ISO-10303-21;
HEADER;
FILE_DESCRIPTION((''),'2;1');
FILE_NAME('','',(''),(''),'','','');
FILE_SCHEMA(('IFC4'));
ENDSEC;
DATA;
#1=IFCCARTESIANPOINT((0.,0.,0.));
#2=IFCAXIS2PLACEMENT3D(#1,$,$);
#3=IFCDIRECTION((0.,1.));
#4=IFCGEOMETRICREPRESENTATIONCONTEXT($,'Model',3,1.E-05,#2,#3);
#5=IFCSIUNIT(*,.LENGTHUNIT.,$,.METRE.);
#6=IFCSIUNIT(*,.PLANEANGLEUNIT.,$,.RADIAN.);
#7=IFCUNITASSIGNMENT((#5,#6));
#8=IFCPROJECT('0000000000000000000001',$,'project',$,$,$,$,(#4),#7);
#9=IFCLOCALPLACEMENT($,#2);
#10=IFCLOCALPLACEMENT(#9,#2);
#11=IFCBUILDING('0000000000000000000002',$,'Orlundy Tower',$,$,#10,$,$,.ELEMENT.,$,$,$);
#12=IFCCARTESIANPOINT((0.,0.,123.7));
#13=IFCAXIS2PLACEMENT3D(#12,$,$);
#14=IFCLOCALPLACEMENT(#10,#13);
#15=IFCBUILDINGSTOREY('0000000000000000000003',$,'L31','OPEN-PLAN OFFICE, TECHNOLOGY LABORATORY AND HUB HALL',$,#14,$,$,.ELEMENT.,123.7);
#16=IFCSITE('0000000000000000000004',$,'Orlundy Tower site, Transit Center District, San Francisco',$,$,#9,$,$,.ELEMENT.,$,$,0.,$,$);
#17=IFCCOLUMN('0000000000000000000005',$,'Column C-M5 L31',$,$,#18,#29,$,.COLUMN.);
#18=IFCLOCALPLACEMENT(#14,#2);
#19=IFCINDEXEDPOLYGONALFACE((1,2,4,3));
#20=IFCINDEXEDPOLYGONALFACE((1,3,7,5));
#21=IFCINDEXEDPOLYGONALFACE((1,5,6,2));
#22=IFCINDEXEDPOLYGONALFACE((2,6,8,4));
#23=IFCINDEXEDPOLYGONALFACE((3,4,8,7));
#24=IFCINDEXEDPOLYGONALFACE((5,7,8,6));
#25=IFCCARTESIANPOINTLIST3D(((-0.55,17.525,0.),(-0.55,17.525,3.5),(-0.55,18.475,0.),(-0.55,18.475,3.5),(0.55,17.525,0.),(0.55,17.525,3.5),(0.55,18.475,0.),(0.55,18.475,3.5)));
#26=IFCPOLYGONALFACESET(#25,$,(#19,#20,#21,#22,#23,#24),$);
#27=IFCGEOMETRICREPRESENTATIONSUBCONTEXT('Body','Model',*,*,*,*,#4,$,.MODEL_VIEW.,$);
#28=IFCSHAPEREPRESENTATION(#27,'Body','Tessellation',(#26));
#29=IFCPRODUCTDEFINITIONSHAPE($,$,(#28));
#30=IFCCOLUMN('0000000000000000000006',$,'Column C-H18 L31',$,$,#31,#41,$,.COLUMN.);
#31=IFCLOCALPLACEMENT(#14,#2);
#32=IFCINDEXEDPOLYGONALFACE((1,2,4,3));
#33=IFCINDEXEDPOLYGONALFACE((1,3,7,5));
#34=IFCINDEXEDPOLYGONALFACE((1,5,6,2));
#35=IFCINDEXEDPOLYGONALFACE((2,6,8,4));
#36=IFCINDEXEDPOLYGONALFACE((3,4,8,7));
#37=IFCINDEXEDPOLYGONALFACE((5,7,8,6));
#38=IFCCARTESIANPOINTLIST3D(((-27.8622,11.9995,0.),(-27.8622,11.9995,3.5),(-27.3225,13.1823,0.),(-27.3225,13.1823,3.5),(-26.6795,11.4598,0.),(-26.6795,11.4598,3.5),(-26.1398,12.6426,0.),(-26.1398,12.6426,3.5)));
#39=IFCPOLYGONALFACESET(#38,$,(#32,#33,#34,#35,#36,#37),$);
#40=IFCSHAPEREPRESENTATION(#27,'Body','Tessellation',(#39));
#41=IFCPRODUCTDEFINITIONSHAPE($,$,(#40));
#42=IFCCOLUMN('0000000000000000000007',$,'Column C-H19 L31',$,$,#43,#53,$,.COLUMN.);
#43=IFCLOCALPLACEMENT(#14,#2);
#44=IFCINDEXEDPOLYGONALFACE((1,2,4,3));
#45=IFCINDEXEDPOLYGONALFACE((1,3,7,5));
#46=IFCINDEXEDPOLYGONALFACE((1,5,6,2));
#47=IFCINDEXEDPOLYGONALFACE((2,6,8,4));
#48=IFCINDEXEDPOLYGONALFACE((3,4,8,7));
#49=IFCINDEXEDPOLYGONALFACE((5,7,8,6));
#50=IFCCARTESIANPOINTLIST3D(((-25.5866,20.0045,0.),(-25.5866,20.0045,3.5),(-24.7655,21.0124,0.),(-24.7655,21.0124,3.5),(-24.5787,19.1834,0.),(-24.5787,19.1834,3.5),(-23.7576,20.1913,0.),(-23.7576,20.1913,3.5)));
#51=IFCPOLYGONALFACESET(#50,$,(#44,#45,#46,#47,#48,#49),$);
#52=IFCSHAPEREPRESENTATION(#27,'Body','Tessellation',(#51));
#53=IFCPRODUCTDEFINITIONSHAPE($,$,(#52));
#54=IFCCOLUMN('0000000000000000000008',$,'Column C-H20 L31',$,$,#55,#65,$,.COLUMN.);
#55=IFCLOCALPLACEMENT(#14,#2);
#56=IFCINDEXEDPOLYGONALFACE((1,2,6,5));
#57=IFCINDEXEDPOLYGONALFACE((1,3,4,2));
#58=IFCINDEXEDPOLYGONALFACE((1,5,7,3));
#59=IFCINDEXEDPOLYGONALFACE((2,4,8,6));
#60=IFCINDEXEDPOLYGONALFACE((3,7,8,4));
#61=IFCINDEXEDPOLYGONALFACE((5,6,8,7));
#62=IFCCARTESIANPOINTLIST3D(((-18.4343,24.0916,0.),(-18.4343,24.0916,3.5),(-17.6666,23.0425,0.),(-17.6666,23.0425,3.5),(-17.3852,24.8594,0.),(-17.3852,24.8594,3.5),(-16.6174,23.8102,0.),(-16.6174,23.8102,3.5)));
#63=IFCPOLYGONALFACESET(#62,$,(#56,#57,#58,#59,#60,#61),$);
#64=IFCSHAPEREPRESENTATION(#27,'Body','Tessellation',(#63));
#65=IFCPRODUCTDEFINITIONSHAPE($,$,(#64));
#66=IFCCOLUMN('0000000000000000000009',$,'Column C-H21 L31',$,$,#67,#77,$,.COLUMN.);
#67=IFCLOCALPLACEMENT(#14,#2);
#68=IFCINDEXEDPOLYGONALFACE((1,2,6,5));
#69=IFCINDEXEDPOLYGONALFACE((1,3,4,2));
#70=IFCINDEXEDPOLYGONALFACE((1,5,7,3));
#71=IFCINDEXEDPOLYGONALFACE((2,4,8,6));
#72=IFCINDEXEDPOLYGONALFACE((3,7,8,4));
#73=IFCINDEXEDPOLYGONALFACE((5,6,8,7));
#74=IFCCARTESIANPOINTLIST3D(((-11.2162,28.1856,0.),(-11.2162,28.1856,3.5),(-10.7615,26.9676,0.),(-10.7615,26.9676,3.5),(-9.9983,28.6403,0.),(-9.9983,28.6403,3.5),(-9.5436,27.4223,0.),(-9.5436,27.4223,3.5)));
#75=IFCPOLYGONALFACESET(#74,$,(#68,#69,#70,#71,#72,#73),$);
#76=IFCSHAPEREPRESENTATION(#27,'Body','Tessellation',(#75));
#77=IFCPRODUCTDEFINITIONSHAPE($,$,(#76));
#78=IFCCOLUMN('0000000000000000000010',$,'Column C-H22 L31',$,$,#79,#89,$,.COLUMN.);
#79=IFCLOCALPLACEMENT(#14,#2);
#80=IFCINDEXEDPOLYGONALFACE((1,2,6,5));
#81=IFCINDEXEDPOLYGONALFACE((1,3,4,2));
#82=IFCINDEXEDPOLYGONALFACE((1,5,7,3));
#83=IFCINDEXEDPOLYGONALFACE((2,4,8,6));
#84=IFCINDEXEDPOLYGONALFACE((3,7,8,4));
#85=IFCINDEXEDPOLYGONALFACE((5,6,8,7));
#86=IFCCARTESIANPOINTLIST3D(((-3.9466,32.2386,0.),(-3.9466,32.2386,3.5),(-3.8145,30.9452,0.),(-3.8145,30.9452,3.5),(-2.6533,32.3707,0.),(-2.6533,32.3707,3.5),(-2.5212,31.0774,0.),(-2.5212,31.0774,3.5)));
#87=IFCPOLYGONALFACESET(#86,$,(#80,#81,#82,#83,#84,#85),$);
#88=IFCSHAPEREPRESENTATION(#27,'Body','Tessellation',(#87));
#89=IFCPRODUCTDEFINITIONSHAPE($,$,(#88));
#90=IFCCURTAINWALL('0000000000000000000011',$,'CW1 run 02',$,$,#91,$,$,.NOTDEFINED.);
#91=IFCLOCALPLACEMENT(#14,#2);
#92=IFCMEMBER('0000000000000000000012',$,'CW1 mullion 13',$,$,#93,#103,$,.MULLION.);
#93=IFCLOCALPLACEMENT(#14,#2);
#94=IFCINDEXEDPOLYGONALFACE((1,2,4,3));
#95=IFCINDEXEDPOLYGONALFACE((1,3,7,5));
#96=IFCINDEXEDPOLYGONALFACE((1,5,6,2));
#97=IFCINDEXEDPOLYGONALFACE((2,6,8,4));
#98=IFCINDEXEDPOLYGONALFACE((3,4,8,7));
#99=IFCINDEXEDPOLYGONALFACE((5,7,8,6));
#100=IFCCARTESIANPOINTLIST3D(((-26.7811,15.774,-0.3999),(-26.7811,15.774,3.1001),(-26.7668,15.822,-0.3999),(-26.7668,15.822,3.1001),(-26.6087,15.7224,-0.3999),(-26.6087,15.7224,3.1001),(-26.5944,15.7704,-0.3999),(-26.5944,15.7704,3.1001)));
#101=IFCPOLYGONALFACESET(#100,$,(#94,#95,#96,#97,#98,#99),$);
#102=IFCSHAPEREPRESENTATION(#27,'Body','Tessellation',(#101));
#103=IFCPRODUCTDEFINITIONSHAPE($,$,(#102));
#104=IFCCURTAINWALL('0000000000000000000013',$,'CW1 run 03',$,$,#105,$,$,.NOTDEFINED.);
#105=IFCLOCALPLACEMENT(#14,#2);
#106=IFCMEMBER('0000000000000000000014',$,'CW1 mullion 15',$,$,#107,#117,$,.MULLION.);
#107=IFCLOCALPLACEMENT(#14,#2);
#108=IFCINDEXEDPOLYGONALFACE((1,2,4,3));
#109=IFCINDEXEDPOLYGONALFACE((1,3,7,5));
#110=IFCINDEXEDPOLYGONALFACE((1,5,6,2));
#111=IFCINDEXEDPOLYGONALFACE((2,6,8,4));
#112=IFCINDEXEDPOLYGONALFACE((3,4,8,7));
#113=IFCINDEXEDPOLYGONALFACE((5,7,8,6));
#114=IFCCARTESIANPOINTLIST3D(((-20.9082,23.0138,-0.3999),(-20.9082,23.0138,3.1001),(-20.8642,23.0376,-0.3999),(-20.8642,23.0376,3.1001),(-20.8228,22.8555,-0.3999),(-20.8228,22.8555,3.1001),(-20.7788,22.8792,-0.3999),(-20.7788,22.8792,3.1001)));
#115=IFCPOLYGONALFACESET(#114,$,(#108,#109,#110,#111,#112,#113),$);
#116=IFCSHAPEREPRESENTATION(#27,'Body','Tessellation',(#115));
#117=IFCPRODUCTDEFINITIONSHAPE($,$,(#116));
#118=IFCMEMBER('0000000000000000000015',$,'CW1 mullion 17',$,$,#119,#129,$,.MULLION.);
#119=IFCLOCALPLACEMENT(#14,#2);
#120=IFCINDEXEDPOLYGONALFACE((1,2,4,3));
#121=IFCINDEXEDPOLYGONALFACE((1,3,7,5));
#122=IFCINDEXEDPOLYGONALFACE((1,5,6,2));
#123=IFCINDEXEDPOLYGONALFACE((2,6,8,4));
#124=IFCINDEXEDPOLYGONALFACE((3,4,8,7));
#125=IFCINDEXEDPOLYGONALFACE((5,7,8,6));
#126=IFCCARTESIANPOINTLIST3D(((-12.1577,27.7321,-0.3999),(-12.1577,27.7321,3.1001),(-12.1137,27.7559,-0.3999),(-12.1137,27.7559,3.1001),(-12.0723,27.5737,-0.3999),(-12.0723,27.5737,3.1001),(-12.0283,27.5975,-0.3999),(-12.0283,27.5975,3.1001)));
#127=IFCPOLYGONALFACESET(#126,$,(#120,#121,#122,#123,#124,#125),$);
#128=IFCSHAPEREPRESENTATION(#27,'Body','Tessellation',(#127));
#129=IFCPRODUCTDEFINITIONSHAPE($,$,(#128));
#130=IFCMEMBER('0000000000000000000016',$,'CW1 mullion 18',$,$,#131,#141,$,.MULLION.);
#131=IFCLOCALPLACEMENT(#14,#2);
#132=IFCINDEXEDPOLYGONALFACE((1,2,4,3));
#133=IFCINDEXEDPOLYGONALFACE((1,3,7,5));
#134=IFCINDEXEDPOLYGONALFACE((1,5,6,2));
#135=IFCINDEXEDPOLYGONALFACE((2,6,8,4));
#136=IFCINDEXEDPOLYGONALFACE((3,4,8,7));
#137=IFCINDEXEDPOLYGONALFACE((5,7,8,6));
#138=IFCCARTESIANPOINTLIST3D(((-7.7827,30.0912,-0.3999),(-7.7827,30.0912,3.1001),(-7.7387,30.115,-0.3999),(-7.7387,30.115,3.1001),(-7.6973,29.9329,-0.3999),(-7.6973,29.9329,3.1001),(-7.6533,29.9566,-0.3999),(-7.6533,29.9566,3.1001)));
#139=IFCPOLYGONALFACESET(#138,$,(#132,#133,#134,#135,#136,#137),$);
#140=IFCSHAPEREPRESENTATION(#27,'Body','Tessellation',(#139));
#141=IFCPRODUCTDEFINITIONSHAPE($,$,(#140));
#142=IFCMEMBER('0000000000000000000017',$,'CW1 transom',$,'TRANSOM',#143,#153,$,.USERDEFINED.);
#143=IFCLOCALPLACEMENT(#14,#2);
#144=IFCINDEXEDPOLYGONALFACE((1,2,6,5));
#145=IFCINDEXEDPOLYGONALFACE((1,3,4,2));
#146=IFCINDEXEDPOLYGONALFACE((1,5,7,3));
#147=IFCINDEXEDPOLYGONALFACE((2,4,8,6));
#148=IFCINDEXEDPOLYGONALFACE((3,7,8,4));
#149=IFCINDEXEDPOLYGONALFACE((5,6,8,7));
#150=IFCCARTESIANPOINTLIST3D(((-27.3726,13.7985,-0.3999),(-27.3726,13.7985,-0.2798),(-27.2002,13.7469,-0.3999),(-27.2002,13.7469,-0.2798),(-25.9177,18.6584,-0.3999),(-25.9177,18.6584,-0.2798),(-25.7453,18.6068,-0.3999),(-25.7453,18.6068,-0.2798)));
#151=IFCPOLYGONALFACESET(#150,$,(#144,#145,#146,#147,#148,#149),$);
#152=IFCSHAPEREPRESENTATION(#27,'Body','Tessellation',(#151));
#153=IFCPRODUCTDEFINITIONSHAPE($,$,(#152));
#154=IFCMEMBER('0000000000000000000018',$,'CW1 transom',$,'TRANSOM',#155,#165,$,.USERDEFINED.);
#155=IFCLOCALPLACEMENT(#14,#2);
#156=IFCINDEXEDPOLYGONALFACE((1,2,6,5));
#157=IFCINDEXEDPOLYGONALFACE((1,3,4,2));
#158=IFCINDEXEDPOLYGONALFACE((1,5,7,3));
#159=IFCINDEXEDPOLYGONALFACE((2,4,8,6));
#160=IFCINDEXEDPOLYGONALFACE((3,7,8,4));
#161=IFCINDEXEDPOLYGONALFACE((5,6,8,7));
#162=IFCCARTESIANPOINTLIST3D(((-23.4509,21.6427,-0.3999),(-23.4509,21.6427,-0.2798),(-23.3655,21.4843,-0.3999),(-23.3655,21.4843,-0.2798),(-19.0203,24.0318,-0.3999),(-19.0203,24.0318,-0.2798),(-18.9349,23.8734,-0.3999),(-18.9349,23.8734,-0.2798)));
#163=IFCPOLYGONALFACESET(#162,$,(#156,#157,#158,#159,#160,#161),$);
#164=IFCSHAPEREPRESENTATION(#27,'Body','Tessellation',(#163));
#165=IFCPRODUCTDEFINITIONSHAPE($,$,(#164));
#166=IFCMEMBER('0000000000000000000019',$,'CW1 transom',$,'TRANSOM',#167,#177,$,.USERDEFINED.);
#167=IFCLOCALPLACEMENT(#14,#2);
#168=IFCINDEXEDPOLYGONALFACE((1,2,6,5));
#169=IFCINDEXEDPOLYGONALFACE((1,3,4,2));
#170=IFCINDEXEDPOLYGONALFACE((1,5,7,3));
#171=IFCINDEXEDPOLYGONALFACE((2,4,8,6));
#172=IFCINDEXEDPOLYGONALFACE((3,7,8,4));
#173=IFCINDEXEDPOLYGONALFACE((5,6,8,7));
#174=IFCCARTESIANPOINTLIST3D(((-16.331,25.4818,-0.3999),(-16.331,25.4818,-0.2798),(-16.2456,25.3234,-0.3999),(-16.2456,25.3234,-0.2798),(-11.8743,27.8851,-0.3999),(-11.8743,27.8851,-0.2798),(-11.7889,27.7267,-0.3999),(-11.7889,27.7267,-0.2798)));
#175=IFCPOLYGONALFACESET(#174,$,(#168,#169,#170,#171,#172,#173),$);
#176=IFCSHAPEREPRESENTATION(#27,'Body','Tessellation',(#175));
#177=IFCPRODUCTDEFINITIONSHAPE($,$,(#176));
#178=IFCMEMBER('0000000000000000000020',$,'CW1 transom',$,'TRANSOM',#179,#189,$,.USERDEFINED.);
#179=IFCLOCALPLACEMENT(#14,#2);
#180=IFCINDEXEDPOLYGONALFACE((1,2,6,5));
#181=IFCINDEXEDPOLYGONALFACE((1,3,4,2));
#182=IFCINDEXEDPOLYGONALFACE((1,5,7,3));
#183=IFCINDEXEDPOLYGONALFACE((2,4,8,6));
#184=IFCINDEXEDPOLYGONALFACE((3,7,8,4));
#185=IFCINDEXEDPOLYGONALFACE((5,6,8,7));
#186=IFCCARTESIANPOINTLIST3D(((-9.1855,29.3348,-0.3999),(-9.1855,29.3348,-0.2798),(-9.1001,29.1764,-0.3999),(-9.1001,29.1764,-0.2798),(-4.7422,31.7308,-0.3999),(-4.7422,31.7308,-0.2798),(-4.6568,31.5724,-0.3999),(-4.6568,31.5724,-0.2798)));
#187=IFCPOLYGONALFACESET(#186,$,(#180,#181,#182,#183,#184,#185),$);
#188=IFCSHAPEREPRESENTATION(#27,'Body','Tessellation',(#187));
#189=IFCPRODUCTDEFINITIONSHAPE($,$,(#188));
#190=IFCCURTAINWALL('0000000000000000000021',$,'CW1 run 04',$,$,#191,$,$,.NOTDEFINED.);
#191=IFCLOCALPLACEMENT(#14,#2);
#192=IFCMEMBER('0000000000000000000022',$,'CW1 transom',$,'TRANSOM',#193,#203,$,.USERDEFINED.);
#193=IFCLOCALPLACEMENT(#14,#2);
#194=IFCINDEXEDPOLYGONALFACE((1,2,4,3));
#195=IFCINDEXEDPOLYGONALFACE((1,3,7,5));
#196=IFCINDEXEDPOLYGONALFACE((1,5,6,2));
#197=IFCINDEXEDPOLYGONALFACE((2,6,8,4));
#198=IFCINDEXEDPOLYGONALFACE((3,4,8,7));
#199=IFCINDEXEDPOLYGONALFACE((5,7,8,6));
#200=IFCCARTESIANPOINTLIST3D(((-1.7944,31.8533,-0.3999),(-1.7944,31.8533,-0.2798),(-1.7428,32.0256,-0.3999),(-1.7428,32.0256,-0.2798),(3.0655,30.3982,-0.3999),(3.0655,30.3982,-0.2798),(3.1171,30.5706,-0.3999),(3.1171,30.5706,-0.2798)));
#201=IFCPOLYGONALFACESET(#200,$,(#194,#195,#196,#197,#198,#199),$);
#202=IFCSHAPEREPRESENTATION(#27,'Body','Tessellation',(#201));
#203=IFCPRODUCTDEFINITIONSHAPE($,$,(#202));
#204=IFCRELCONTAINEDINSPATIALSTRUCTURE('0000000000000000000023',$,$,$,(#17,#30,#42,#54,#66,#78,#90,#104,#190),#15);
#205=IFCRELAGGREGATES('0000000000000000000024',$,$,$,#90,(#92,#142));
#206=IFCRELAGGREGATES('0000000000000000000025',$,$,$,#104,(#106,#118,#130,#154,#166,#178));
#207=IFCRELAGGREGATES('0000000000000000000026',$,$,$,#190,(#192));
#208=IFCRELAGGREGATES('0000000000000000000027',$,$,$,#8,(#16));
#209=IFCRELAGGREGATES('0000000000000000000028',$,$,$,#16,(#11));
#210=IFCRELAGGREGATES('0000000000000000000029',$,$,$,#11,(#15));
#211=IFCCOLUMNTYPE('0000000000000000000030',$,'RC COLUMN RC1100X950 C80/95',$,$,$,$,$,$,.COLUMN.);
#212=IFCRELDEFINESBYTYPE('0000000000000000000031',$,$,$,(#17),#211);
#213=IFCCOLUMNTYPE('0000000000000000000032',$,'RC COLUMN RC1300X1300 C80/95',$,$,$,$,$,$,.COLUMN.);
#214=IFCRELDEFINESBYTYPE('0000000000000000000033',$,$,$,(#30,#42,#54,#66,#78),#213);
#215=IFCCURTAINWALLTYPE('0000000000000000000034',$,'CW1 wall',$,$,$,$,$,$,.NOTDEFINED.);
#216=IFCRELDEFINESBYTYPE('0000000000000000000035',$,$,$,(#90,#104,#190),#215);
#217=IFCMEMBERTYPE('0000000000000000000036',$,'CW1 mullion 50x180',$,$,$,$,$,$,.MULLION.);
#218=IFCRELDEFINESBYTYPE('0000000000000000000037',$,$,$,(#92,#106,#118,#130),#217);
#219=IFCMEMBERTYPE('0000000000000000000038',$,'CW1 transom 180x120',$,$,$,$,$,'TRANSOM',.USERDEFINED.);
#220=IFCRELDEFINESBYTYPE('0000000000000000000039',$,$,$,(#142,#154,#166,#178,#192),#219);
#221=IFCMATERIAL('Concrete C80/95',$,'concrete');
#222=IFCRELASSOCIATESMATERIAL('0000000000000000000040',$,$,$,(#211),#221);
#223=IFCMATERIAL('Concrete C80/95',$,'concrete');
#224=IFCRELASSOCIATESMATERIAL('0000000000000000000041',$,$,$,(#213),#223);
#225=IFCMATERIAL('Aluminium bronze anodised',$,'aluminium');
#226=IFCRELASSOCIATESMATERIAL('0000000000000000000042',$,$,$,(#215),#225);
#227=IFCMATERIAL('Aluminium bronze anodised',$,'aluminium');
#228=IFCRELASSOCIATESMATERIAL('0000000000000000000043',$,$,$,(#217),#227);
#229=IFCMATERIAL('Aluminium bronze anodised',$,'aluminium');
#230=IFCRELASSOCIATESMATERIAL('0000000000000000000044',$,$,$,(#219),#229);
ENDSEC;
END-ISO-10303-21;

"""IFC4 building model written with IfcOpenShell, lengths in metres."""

from ifc_helpers import new_model, si_unit, direction, frame, origin, origin_2d, place, context, subcontext, project, spatial, rectangle, extrude, material, material_profile, profile_set, type_object, element, aggregate, save


model = new_model("IFC4")

# Units and contexts
model_context = context("Model", 3, precision=1e-05, world=origin(), true_north=direction((0.0, 1.0)))
body_context = subcontext(model_context, "Body", "Model", "MODEL_VIEW")
ifc_project = project(units=[si_unit("LENGTHUNIT", "METRE"), si_unit("PLANEANGLEUNIT", "RADIAN")], contexts=[model_context])

# Site, building, storey
site_placement = place(None, origin())
site = spatial("IfcSite", under=ifc_project, at=site_placement, Name="Orlundy Tower site, Transit Center District, San Francisco", CompositionType="ELEMENT", RefElevation=0.0)
building_placement = place(site_placement, origin())
building = spatial("IfcBuilding", under=site, at=building_placement, Name="Orlundy Tower", CompositionType="ELEMENT")
storey_placement = place(building_placement, frame((0.0, 0.0, 123.7)))
storey = spatial("IfcBuildingStorey", under=building, at=storey_placement, Name="L31", Description="OPEN-PLAN OFFICE, TECHNOLOGY LABORATORY AND HUB HALL", CompositionType="ELEMENT", Elevation=123.7)

# Columns
ifc_material_1 = material(Name="Concrete C80/95", Category="concrete")
ifc_material_profile_1 = material_profile(ifc_material_1, rectangle(XDim=1.1001, YDim=0.95, at=origin_2d()), Name="RC1100X950")
ifc_profile_set_1 = profile_set([ifc_material_profile_1], Name="Concrete C80/95")
column_type_1 = type_object("IfcColumnType", Name="RC COLUMN RC1100X950 C80/95", PredefinedType="COLUMN", material=ifc_profile_set_1)
column_placement = place(storey_placement, frame((0.0, 18.0, 0.0), z_axis=(0.0, 0.0, 1.0), x_axis=(1.0, 0.0, 0.0)))
element("IfcColumn", 1, at=column_placement, inside=storey, type_object=column_type_1, Name="Column C-M5 L31", PredefinedType="COLUMN", context=body_context, shape_type="SweptSolid", body=[
    extrude(rectangle(XDim=1.1001, YDim=0.95, at=origin_2d()), origin(), (0.0, 0.0, 1.0), 3.5),
])
ifc_material_2 = material(Name="Concrete C80/95", Category="concrete")
ifc_material_profile_2 = material_profile(ifc_material_2, rectangle(XDim=1.3, YDim=1.3, at=origin_2d()), Name="RC1300X1300")
ifc_profile_set_2 = profile_set([ifc_material_profile_2], Name="Concrete C80/95")
column_type_2 = type_object("IfcColumnType", Name="RC COLUMN RC1300X1300 C80/95", PredefinedType="COLUMN", material=ifc_profile_set_2)
for number, where, z_axis, x_axis, name in (
    (2, (-27.001, 12.321, 0.0), (0.0, 0.0, 1.0), (-0.909759, 0.415138, 0.0), "Column C-H18 L31"),
    (3, (-24.6721, 20.0979, 0.0), (0.0, 0.0, 1.0), (-0.775308, 0.631583, 0.0), "Column C-H19 L31"),
    (4, (-17.5259, 23.9509, 0.0), (0.0, 0.0, 1.0), (-0.590535, 0.807012, 0.0), "Column C-H20 L31"),
    (5, (-10.3799, 27.804, 0.0), (0.0, 0.0, 1.0), (-0.34975, 0.936843, 0.0), "Column C-H21 L31"),
    (6, (-3.2339, 31.658, 0.0), (0.0, 0.0, 1.0), (-0.101629, 0.994822, 0.0), "Column C-H22 L31"),
):
    element("IfcColumn", number, at=place(storey_placement, frame(where, z_axis=z_axis, x_axis=x_axis)), inside=storey, type_object=column_type_2, Name=name, PredefinedType="COLUMN", context=body_context, shape_type="SweptSolid", body=[
        extrude(rectangle(XDim=1.3, YDim=1.3, at=origin_2d()), origin(), (0.0, 0.0, 1.0), 3.5),
    ])

# Curtain wall, member
ifc_material_3 = material(Name="Aluminium bronze anodised", Category="aluminium")
curtain_wall_type = type_object("IfcCurtainWallType", Name="CW1 wall", PredefinedType="NOTDEFINED", material=ifc_material_3)
curtain_wall_1_placement = place(storey_placement, origin())
curtain_wall_1 = element("IfcCurtainWall", 7, at=curtain_wall_1_placement, inside=storey, type_object=curtain_wall_type, Name="CW1 run 02", PredefinedType="NOTDEFINED")
ifc_material_4 = material(Name="Aluminium bronze anodised", Category="aluminium")
ifc_material_profile_3 = material_profile(ifc_material_4, rectangle(XDim=0.1799, YDim=0.05, at=origin_2d()), Name="CW1 mullion 50x180")
ifc_profile_set_3 = profile_set([ifc_material_profile_3], Name="Aluminium bronze anodised")
member_type_1 = type_object("IfcMemberType", Name="CW1 mullion 50x180", PredefinedType="MULLION", material=ifc_profile_set_3)
member_1_placement = place(storey_placement, frame((-26.6877, 15.7722, -0.3999), z_axis=(0.0, 0.0, 1.0), x_axis=(-0.957986, 0.286816, 0.0)))
member_1 = element("IfcMember", 8, at=member_1_placement, type_object=member_type_1, Name="CW1 mullion 13", PredefinedType="MULLION", context=body_context, shape_type="SweptSolid", body=[
    extrude(rectangle(XDim=0.1799, YDim=0.05, at=origin_2d()), origin(), (0.0, 0.0, 1.0), 3.5),
])

# Curtain wall, members
curtain_wall_2_placement = place(storey_placement, origin())
curtain_wall_2 = element("IfcCurtainWall", 9, at=curtain_wall_2_placement, inside=storey, type_object=curtain_wall_type, Name="CW1 run 03", PredefinedType="NOTDEFINED")
member_2_placement = place(storey_placement, frame((-20.8435, 22.9465, -0.3999), z_axis=(0.0, 0.0, 1.0), x_axis=(-0.474618, 0.880192, 0.0)))
member_2 = element("IfcMember", 10, at=member_2_placement, type_object=member_type_1, Name="CW1 mullion 15", PredefinedType="MULLION", context=body_context, shape_type="SweptSolid", body=[
    extrude(rectangle(XDim=0.1799, YDim=0.05, at=origin_2d()), origin(), (0.0, 0.0, 1.0), 3.5),
])
member_3_placement = place(storey_placement, frame((-12.093, 27.6648, -0.3999), z_axis=(0.0, 0.0, 1.0), x_axis=(-0.474618, 0.880192, 0.0)))
member_3 = element("IfcMember", 11, at=member_3_placement, type_object=member_type_1, Name="CW1 mullion 17", PredefinedType="MULLION", context=body_context, shape_type="SweptSolid", body=[
    extrude(rectangle(XDim=0.1799, YDim=0.05, at=origin_2d()), origin(), (0.0, 0.0, 1.0), 3.5),
])
member_4_placement = place(storey_placement, frame((-7.718, 30.0239, -0.3999), z_axis=(0.0, 0.0, 1.0), x_axis=(-0.474618, 0.880192, 0.0)))
member_4 = element("IfcMember", 12, at=member_4_placement, type_object=member_type_1, Name="CW1 mullion 18", PredefinedType="MULLION", context=body_context, shape_type="SweptSolid", body=[
    extrude(rectangle(XDim=0.1799, YDim=0.05, at=origin_2d()), origin(), (0.0, 0.0, 1.0), 3.5),
])

# Members
ifc_material_5 = material(Name="Aluminium bronze anodised", Category="aluminium")
ifc_material_profile_4 = material_profile(ifc_material_5, rectangle(XDim=0.1799, YDim=0.1201, at=origin_2d()), Name="CW1 transom 180x120")
ifc_profile_set_4 = profile_set([ifc_material_profile_4], Name="Aluminium bronze anodised")
member_type_2 = type_object("IfcMemberType", Name="CW1 transom 180x120", ElementType="TRANSOM", PredefinedType="USERDEFINED", material=ifc_profile_set_4)
member_5_placement = place(storey_placement, frame((-27.2864, 13.7727, -0.3398), z_axis=(0.286783, 0.957996, 0.0), x_axis=(-0.957996, 0.286783, 0.0)))
member_5 = element("IfcMember", 13, at=member_5_placement, type_object=member_type_2, Name="CW1 transom", ObjectType="TRANSOM", PredefinedType="USERDEFINED", context=body_context, shape_type="SweptSolid", body=[
    extrude(rectangle(XDim=0.1799, YDim=0.1201, at=origin_2d()), origin(), (0.0, 0.0, 1.0), 5.073),
])
member_6_placement = place(storey_placement, frame((-23.4082, 21.5635, -0.3398), z_axis=(0.880188, 0.474626, 0.0), x_axis=(-0.474626, 0.880188, 0.0)))
member_6 = element("IfcMember", 14, at=member_6_placement, type_object=member_type_2, Name="CW1 transom", ObjectType="TRANSOM", PredefinedType="USERDEFINED", context=body_context, shape_type="SweptSolid", body=[
    extrude(rectangle(XDim=0.1799, YDim=0.1201, at=origin_2d()), origin(), (0.0, 0.0, 1.0), 5.0337),
])
member_7_placement = place(storey_placement, frame((-16.2883, 25.4026, -0.3398), z_axis=(0.880181, 0.474637, 0.0), x_axis=(-0.474637, 0.880181, 0.0)))
member_7 = element("IfcMember", 15, at=member_7_placement, type_object=member_type_2, Name="CW1 transom", ObjectType="TRANSOM", PredefinedType="USERDEFINED", context=body_context, shape_type="SweptSolid", body=[
    extrude(rectangle(XDim=0.1799, YDim=0.1201, at=origin_2d()), origin(), (0.0, 0.0, 1.0), 5.0635),
])
member_8_placement = place(storey_placement, frame((-9.1428, 29.2556, -0.3398), z_axis=(0.880188, 0.474625, 0.0), x_axis=(-0.474625, 0.880188, 0.0)))
member_8 = element("IfcMember", 16, at=member_8_placement, type_object=member_type_2, Name="CW1 transom", ObjectType="TRANSOM", PredefinedType="USERDEFINED", context=body_context, shape_type="SweptSolid", body=[
    extrude(rectangle(XDim=0.1799, YDim=0.1201, at=origin_2d()), origin(), (0.0, 0.0, 1.0), 5.0481),
])

# Curtain wall, member
curtain_wall_3_placement = place(storey_placement, origin())
curtain_wall_3 = element("IfcCurtainWall", 17, at=curtain_wall_3_placement, inside=storey, type_object=curtain_wall_type, Name="CW1 run 04", PredefinedType="NOTDEFINED")
member_9_placement = place(storey_placement, frame((-1.7686, 31.9395, -0.3398), z_axis=(0.957982, -0.286827, 0.0), x_axis=(0.286827, 0.957982, 0.0)))
member_9 = element("IfcMember", 18, at=member_9_placement, type_object=member_type_2, Name="CW1 transom", ObjectType="TRANSOM", PredefinedType="USERDEFINED", context=body_context, shape_type="SweptSolid", body=[
    extrude(rectangle(XDim=0.1799, YDim=0.1201, at=origin_2d()), origin(), (0.0, 0.0, 1.0), 5.073),
])

aggregate(curtain_wall_1, [member_1, member_5])
aggregate(curtain_wall_2, [member_2, member_3, member_4, member_6, member_7, member_8])
aggregate(curtain_wall_3, [member_9])

save(model, "model.ifc")
